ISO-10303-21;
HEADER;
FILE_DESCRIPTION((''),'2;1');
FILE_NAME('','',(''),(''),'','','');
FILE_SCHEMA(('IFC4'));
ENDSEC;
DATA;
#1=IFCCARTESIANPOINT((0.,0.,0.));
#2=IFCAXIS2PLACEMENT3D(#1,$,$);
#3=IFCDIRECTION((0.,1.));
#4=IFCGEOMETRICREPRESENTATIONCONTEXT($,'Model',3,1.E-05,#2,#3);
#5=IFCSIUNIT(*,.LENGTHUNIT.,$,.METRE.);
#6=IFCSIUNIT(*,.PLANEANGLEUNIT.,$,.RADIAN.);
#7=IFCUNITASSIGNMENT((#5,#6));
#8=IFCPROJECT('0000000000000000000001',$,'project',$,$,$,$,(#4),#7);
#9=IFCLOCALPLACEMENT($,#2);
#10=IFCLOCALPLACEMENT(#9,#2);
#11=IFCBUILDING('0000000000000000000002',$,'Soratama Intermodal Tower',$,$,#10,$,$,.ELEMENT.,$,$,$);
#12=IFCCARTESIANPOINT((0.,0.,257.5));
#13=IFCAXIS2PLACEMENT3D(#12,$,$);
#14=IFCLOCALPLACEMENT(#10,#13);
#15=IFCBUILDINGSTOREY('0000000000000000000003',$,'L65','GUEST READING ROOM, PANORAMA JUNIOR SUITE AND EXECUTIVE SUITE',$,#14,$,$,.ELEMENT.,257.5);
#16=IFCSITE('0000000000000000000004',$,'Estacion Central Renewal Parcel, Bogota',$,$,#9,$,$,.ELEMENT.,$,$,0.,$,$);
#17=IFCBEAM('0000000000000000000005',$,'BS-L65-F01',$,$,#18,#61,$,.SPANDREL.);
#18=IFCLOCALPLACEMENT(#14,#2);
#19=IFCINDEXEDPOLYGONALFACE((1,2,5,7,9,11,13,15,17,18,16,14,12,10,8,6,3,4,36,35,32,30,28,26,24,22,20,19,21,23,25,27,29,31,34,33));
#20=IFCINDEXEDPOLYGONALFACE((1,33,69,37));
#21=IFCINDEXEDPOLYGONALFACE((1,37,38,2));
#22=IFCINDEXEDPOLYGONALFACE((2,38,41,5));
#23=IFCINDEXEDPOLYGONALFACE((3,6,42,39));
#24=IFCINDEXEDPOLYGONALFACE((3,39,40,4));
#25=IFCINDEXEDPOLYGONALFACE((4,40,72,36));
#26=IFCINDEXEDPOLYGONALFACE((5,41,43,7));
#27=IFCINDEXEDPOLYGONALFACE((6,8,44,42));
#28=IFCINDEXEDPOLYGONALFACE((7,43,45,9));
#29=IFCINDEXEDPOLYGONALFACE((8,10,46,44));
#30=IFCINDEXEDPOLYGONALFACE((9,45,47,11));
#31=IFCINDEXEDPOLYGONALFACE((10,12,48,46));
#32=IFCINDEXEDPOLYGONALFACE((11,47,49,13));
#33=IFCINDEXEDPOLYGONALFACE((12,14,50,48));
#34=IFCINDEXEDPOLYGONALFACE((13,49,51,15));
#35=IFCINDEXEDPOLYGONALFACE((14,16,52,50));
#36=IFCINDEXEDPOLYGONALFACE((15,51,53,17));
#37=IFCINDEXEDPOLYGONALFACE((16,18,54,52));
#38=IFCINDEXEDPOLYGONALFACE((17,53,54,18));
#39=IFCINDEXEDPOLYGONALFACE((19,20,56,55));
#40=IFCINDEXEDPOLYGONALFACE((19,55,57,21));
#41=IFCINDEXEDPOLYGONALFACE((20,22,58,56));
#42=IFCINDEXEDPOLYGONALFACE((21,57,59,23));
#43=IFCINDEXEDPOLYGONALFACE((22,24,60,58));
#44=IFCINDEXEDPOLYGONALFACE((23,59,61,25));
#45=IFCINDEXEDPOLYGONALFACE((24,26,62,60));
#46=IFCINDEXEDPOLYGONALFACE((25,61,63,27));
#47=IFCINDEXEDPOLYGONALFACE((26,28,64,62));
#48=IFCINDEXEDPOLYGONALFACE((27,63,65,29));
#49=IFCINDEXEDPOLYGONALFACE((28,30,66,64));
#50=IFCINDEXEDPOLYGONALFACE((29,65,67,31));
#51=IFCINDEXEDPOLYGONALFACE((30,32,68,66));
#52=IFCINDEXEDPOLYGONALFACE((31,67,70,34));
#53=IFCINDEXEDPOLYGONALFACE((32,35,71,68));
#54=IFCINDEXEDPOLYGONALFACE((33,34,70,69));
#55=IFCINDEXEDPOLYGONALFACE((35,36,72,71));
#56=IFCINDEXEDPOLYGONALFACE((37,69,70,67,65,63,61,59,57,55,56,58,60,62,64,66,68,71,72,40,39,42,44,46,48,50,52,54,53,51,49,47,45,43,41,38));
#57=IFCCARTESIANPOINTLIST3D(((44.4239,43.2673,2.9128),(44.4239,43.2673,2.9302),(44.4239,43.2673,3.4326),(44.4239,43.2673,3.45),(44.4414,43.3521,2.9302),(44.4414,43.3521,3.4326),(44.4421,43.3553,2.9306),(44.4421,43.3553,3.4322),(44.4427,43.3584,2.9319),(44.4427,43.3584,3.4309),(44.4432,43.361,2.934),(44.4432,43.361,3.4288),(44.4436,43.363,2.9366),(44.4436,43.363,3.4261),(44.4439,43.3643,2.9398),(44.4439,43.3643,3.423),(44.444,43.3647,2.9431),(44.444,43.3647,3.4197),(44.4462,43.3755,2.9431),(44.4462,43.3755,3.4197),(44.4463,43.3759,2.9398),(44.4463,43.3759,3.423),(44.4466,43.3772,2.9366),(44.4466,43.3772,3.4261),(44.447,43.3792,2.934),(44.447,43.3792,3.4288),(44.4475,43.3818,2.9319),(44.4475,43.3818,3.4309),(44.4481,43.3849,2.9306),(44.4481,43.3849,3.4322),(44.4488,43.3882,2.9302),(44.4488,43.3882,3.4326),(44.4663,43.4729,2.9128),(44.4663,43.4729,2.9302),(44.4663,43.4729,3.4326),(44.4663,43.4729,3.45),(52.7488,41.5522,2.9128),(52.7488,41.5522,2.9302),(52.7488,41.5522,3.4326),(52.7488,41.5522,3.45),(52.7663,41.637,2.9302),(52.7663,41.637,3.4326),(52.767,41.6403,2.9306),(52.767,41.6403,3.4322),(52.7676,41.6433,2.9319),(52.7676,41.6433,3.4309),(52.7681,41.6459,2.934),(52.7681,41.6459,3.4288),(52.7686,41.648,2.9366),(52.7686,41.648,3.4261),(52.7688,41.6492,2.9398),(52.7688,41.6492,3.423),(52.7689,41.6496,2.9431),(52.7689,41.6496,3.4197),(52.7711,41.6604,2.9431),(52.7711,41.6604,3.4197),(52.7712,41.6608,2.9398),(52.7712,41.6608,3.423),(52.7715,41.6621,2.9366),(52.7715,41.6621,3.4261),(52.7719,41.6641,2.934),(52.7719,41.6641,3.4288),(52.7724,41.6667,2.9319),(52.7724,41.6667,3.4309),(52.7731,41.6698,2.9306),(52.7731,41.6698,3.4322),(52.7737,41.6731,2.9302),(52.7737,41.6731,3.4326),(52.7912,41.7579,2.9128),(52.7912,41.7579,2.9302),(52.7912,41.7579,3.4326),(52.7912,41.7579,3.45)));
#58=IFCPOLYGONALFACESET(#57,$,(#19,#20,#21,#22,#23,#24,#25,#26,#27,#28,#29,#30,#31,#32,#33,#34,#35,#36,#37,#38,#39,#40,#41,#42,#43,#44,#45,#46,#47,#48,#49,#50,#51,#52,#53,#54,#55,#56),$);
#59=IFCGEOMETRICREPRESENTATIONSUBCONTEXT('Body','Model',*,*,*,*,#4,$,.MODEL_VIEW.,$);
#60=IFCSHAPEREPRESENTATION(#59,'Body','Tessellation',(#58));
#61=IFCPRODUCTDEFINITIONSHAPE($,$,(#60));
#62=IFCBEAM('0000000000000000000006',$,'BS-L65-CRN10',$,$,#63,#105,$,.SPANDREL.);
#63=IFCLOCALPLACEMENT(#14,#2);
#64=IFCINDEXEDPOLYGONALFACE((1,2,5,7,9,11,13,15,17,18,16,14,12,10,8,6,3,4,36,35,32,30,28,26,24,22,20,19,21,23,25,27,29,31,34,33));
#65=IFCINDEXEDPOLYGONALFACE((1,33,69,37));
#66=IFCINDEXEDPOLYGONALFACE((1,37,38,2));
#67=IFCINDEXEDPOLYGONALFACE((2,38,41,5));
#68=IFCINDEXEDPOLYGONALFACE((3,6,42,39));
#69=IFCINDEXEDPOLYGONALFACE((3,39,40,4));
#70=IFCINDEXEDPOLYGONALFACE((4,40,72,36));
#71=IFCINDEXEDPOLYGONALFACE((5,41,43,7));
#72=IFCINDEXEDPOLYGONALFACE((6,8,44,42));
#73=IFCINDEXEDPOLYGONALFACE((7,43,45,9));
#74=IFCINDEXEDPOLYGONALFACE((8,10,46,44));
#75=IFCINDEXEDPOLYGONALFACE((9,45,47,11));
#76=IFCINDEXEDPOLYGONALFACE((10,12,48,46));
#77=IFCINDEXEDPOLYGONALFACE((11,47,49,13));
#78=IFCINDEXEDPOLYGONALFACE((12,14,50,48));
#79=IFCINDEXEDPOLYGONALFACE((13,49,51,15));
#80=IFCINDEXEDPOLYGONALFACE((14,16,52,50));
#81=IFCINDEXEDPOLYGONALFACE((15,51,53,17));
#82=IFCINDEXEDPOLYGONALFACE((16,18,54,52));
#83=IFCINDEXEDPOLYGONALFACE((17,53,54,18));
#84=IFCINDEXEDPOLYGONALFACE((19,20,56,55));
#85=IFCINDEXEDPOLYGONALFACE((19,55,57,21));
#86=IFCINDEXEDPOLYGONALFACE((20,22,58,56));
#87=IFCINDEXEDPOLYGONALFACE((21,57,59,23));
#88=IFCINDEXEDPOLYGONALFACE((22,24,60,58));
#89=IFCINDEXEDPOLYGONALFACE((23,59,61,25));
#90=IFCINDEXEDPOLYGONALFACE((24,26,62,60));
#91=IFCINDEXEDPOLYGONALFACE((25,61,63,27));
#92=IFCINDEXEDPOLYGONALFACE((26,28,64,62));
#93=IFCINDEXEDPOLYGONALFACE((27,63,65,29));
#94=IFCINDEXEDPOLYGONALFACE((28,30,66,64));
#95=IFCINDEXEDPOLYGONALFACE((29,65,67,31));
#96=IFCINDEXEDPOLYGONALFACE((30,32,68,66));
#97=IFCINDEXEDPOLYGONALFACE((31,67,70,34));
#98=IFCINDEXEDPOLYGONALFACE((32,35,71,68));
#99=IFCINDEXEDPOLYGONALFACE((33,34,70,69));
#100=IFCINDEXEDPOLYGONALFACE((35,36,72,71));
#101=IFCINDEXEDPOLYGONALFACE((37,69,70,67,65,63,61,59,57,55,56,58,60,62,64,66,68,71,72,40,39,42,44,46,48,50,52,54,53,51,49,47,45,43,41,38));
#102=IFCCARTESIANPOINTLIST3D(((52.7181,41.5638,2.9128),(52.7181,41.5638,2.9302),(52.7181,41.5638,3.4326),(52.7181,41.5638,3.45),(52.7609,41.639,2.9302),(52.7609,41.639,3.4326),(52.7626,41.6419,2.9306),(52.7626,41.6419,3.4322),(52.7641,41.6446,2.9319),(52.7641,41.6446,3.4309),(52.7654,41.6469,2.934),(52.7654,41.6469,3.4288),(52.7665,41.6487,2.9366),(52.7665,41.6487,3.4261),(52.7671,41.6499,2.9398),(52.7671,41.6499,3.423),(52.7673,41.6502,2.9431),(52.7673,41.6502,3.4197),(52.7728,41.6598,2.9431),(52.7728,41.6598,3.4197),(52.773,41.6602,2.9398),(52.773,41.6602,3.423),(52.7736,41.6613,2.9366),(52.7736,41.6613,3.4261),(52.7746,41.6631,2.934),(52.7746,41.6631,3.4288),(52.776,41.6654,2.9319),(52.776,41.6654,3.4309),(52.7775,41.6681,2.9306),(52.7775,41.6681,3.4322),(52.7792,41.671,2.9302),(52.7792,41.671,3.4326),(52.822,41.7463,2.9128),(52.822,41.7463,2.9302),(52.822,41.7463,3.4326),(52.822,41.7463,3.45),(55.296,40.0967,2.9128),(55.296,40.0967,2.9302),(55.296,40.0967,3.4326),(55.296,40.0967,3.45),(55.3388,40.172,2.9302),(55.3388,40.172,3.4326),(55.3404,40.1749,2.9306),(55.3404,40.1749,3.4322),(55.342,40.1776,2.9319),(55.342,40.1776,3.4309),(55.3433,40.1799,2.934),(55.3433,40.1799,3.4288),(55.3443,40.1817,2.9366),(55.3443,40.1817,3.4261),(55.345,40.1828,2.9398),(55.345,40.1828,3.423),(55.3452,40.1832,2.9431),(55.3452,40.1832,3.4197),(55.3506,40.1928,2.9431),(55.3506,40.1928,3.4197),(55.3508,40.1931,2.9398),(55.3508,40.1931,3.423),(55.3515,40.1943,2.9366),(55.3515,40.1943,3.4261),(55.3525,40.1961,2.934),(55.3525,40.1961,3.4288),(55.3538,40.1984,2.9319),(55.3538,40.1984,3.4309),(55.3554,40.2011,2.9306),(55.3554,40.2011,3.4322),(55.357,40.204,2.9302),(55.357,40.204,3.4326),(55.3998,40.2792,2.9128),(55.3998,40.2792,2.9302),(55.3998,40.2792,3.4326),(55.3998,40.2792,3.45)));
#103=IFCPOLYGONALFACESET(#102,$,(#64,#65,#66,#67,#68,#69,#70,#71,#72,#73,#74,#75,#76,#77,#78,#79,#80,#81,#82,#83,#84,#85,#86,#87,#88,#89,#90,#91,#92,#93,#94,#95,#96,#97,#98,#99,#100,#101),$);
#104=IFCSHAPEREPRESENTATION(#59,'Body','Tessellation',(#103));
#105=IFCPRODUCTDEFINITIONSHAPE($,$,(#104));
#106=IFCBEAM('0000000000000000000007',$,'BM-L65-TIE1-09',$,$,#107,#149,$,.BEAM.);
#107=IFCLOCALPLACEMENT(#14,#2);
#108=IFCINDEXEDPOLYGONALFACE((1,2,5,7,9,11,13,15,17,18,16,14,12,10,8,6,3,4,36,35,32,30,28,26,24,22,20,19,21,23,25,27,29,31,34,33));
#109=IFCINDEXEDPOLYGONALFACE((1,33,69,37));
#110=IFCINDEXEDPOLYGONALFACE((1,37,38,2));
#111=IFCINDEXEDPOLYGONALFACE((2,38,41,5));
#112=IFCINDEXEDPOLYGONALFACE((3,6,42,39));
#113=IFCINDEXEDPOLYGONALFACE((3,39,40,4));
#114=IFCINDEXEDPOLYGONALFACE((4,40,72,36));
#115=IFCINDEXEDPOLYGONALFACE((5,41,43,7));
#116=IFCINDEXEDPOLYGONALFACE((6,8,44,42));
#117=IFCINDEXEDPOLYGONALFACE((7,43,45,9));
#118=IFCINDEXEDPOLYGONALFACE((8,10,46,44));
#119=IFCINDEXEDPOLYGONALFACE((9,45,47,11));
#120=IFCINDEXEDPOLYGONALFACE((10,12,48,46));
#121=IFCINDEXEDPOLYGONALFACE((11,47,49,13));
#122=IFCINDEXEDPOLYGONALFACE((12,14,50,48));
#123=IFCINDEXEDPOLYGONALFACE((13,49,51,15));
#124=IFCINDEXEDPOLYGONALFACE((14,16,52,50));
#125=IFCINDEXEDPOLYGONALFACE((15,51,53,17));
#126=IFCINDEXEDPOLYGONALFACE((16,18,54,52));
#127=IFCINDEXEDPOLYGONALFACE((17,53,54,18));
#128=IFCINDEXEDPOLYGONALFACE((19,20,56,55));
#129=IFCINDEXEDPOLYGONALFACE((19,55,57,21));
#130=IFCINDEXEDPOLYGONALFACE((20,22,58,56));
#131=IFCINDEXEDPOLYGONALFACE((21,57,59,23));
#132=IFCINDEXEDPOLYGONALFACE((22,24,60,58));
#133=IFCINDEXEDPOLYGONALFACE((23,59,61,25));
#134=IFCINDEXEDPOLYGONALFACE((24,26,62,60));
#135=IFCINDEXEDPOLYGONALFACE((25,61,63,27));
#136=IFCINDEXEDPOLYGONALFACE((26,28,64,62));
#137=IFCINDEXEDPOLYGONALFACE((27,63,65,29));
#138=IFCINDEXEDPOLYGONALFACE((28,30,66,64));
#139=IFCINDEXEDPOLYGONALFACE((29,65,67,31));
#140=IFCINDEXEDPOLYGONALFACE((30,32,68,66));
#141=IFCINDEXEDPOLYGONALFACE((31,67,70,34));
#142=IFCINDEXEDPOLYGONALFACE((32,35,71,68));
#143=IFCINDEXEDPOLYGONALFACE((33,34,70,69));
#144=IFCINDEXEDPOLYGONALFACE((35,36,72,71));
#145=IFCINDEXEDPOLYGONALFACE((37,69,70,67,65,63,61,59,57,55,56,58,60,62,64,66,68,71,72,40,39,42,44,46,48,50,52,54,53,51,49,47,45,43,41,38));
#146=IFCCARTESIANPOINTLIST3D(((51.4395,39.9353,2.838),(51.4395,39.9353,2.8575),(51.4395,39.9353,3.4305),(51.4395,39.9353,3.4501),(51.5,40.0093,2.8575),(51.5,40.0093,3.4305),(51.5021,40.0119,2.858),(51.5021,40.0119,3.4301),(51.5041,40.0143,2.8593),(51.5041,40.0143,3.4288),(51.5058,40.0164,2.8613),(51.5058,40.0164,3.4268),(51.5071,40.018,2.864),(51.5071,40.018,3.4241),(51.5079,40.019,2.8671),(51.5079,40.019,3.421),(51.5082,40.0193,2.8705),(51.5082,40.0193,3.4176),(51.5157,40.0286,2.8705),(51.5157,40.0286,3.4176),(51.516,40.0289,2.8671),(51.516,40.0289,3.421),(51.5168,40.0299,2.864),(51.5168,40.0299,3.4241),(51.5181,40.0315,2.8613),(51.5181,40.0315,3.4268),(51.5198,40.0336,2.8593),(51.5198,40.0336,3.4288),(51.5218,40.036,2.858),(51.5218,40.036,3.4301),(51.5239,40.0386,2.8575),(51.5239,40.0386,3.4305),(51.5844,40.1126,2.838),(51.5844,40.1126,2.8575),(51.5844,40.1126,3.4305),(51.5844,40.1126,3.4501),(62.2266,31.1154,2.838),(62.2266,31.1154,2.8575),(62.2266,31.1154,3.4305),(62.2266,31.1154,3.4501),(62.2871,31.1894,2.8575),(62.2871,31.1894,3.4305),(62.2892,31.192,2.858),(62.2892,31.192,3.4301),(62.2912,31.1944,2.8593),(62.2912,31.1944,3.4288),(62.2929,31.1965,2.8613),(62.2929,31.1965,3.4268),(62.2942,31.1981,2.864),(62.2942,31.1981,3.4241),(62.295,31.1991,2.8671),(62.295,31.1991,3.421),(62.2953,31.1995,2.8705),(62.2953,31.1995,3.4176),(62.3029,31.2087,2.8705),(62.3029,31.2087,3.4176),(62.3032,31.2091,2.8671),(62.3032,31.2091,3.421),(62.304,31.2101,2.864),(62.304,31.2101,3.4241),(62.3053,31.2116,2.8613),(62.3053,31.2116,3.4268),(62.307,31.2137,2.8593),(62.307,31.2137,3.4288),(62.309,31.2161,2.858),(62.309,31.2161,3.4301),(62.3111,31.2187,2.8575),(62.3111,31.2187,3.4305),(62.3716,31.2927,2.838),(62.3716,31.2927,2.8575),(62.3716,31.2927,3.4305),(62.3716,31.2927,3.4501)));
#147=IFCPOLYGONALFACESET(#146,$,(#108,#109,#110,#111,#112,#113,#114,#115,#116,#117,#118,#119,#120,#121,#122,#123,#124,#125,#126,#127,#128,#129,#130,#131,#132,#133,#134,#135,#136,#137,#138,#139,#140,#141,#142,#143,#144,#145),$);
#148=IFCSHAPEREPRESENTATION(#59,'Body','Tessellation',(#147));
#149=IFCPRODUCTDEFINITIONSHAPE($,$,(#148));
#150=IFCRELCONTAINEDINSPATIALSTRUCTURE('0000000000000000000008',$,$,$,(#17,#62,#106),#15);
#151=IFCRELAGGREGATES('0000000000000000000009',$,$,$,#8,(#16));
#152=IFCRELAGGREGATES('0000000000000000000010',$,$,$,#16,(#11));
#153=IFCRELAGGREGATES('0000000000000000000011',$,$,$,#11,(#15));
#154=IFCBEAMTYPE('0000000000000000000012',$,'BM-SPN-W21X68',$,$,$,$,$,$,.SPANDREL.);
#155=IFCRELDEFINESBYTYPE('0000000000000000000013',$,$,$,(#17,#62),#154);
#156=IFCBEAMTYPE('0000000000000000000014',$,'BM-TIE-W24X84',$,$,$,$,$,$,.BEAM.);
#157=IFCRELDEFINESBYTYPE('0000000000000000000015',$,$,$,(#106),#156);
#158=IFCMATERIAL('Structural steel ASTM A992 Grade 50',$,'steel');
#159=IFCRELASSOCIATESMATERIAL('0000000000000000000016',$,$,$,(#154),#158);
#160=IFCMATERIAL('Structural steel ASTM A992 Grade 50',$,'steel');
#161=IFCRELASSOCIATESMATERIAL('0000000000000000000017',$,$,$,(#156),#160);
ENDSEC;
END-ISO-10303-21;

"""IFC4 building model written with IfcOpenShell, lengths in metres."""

from ifc_helpers import new_model, si_unit, direction, frame, origin, origin_2d, place, context, subcontext, project, spatial, i_section, extrude, material, material_profile, profile_set, type_object, element, save


model = new_model("IFC4")

# Units and contexts
model_context = context("Model", 3, precision=1e-05, world=origin(), true_north=direction((0.0, 1.0)))
body_context = subcontext(model_context, "Body", "Model", "MODEL_VIEW")
ifc_project = project(units=[si_unit("LENGTHUNIT", "METRE"), si_unit("PLANEANGLEUNIT", "RADIAN")], contexts=[model_context])

# Site, building, storey
site_placement = place(None, origin())
site = spatial("IfcSite", under=ifc_project, at=site_placement, Name="Estacion Central Renewal Parcel, Bogota", CompositionType="ELEMENT", RefElevation=0.0)
building_placement = place(site_placement, origin())
building = spatial("IfcBuilding", under=site, at=building_placement, Name="Soratama Intermodal Tower", CompositionType="ELEMENT")
storey_placement = place(building_placement, frame((0.0, 0.0, 257.5)))
storey = spatial("IfcBuildingStorey", under=building, at=storey_placement, Name="L65", Description="GUEST READING ROOM, PANORAMA JUNIOR SUITE AND EXECUTIVE SUITE", CompositionType="ELEMENT", Elevation=257.5)

# Beams
ifc_material_1 = material(Name="Structural steel ASTM A992 Grade 50", Category="steel")
ifc_material_profile_1 = material_profile(ifc_material_1, i_section(OverallWidth=0.21, OverallDepth=0.5371, WebThickness=0.011, FlangeThickness=0.0173, FilletRadius=0.0129, at=origin_2d()), Name="W21X68")
ifc_profile_set_1 = profile_set([ifc_material_profile_1], Name="Structural steel ASTM A992 Grade 50")
beam_type_1 = type_object("IfcBeamType", Name="BM-SPN-W21X68", PredefinedType="SPANDREL", material=ifc_profile_set_1)
beam_1_placement = place(storey_placement, frame((52.77, 41.655, 3.1814), z_axis=(-0.979431, 0.20178, 0.0), x_axis=(-0.20178, -0.979431, 0.0)))
element("IfcBeam", 1, at=beam_1_placement, inside=storey, type_object=beam_type_1, Name="BS-L65-F01", PredefinedType="SPANDREL", context=body_context, shape_type="SweptSolid", body=[
    extrude(i_section(OverallWidth=0.21, OverallDepth=0.5371, WebThickness=0.011, FlangeThickness=0.0173, FilletRadius=0.0129, at=origin_2d()), origin(), (0.0, 0.0, 1.0), 8.4998),
])
beam_2_placement = place(storey_placement, frame((55.3479, 40.188, 3.1814), z_axis=(-0.869118, 0.494605, 0.0), x_axis=(-0.494605, -0.869118, 0.0)))
element("IfcBeam", 2, at=beam_2_placement, inside=storey, type_object=beam_type_1, Name="BS-L65-CRN10", PredefinedType="SPANDREL", context=body_context, shape_type="SweptSolid", body=[
    extrude(i_section(OverallWidth=0.21, OverallDepth=0.5371, WebThickness=0.011, FlangeThickness=0.0173, FilletRadius=0.0129, at=origin_2d()), origin(), (0.0, 0.0, 1.0), 2.9661),
])
ifc_material_2 = material(Name="Structural steel ASTM A992 Grade 50", Category="steel")
ifc_material_profile_2 = material_profile(ifc_material_2, i_section(OverallWidth=0.229, OverallDepth=0.6121, WebThickness=0.012, FlangeThickness=0.0195, FilletRadius=0.0129, at=origin_2d()), Name="W24X84")
ifc_profile_set_2 = profile_set([ifc_material_profile_2], Name="Structural steel ASTM A992 Grade 50")
beam_type_2 = type_object("IfcBeamType", Name="BM-TIE-W24X84", PredefinedType="BEAM", material=ifc_profile_set_2)
beam_3_placement = place(storey_placement, frame((51.512, 40.0239, 3.144), z_axis=(0.774168, -0.63298, 0.0), x_axis=(0.63298, 0.774168, 0.0)))
element("IfcBeam", 3, at=beam_3_placement, inside=storey, type_object=beam_type_2, Name="BM-L65-TIE1-09", PredefinedType="BEAM", context=body_context, shape_type="SweptSolid", body=[
    extrude(i_section(OverallWidth=0.229, OverallDepth=0.6121, WebThickness=0.012, FlangeThickness=0.0195, FilletRadius=0.0129, at=origin_2d()), origin(), (0.0, 0.0, 1.0), 13.9338),
])

save(model, "model.ifc")
